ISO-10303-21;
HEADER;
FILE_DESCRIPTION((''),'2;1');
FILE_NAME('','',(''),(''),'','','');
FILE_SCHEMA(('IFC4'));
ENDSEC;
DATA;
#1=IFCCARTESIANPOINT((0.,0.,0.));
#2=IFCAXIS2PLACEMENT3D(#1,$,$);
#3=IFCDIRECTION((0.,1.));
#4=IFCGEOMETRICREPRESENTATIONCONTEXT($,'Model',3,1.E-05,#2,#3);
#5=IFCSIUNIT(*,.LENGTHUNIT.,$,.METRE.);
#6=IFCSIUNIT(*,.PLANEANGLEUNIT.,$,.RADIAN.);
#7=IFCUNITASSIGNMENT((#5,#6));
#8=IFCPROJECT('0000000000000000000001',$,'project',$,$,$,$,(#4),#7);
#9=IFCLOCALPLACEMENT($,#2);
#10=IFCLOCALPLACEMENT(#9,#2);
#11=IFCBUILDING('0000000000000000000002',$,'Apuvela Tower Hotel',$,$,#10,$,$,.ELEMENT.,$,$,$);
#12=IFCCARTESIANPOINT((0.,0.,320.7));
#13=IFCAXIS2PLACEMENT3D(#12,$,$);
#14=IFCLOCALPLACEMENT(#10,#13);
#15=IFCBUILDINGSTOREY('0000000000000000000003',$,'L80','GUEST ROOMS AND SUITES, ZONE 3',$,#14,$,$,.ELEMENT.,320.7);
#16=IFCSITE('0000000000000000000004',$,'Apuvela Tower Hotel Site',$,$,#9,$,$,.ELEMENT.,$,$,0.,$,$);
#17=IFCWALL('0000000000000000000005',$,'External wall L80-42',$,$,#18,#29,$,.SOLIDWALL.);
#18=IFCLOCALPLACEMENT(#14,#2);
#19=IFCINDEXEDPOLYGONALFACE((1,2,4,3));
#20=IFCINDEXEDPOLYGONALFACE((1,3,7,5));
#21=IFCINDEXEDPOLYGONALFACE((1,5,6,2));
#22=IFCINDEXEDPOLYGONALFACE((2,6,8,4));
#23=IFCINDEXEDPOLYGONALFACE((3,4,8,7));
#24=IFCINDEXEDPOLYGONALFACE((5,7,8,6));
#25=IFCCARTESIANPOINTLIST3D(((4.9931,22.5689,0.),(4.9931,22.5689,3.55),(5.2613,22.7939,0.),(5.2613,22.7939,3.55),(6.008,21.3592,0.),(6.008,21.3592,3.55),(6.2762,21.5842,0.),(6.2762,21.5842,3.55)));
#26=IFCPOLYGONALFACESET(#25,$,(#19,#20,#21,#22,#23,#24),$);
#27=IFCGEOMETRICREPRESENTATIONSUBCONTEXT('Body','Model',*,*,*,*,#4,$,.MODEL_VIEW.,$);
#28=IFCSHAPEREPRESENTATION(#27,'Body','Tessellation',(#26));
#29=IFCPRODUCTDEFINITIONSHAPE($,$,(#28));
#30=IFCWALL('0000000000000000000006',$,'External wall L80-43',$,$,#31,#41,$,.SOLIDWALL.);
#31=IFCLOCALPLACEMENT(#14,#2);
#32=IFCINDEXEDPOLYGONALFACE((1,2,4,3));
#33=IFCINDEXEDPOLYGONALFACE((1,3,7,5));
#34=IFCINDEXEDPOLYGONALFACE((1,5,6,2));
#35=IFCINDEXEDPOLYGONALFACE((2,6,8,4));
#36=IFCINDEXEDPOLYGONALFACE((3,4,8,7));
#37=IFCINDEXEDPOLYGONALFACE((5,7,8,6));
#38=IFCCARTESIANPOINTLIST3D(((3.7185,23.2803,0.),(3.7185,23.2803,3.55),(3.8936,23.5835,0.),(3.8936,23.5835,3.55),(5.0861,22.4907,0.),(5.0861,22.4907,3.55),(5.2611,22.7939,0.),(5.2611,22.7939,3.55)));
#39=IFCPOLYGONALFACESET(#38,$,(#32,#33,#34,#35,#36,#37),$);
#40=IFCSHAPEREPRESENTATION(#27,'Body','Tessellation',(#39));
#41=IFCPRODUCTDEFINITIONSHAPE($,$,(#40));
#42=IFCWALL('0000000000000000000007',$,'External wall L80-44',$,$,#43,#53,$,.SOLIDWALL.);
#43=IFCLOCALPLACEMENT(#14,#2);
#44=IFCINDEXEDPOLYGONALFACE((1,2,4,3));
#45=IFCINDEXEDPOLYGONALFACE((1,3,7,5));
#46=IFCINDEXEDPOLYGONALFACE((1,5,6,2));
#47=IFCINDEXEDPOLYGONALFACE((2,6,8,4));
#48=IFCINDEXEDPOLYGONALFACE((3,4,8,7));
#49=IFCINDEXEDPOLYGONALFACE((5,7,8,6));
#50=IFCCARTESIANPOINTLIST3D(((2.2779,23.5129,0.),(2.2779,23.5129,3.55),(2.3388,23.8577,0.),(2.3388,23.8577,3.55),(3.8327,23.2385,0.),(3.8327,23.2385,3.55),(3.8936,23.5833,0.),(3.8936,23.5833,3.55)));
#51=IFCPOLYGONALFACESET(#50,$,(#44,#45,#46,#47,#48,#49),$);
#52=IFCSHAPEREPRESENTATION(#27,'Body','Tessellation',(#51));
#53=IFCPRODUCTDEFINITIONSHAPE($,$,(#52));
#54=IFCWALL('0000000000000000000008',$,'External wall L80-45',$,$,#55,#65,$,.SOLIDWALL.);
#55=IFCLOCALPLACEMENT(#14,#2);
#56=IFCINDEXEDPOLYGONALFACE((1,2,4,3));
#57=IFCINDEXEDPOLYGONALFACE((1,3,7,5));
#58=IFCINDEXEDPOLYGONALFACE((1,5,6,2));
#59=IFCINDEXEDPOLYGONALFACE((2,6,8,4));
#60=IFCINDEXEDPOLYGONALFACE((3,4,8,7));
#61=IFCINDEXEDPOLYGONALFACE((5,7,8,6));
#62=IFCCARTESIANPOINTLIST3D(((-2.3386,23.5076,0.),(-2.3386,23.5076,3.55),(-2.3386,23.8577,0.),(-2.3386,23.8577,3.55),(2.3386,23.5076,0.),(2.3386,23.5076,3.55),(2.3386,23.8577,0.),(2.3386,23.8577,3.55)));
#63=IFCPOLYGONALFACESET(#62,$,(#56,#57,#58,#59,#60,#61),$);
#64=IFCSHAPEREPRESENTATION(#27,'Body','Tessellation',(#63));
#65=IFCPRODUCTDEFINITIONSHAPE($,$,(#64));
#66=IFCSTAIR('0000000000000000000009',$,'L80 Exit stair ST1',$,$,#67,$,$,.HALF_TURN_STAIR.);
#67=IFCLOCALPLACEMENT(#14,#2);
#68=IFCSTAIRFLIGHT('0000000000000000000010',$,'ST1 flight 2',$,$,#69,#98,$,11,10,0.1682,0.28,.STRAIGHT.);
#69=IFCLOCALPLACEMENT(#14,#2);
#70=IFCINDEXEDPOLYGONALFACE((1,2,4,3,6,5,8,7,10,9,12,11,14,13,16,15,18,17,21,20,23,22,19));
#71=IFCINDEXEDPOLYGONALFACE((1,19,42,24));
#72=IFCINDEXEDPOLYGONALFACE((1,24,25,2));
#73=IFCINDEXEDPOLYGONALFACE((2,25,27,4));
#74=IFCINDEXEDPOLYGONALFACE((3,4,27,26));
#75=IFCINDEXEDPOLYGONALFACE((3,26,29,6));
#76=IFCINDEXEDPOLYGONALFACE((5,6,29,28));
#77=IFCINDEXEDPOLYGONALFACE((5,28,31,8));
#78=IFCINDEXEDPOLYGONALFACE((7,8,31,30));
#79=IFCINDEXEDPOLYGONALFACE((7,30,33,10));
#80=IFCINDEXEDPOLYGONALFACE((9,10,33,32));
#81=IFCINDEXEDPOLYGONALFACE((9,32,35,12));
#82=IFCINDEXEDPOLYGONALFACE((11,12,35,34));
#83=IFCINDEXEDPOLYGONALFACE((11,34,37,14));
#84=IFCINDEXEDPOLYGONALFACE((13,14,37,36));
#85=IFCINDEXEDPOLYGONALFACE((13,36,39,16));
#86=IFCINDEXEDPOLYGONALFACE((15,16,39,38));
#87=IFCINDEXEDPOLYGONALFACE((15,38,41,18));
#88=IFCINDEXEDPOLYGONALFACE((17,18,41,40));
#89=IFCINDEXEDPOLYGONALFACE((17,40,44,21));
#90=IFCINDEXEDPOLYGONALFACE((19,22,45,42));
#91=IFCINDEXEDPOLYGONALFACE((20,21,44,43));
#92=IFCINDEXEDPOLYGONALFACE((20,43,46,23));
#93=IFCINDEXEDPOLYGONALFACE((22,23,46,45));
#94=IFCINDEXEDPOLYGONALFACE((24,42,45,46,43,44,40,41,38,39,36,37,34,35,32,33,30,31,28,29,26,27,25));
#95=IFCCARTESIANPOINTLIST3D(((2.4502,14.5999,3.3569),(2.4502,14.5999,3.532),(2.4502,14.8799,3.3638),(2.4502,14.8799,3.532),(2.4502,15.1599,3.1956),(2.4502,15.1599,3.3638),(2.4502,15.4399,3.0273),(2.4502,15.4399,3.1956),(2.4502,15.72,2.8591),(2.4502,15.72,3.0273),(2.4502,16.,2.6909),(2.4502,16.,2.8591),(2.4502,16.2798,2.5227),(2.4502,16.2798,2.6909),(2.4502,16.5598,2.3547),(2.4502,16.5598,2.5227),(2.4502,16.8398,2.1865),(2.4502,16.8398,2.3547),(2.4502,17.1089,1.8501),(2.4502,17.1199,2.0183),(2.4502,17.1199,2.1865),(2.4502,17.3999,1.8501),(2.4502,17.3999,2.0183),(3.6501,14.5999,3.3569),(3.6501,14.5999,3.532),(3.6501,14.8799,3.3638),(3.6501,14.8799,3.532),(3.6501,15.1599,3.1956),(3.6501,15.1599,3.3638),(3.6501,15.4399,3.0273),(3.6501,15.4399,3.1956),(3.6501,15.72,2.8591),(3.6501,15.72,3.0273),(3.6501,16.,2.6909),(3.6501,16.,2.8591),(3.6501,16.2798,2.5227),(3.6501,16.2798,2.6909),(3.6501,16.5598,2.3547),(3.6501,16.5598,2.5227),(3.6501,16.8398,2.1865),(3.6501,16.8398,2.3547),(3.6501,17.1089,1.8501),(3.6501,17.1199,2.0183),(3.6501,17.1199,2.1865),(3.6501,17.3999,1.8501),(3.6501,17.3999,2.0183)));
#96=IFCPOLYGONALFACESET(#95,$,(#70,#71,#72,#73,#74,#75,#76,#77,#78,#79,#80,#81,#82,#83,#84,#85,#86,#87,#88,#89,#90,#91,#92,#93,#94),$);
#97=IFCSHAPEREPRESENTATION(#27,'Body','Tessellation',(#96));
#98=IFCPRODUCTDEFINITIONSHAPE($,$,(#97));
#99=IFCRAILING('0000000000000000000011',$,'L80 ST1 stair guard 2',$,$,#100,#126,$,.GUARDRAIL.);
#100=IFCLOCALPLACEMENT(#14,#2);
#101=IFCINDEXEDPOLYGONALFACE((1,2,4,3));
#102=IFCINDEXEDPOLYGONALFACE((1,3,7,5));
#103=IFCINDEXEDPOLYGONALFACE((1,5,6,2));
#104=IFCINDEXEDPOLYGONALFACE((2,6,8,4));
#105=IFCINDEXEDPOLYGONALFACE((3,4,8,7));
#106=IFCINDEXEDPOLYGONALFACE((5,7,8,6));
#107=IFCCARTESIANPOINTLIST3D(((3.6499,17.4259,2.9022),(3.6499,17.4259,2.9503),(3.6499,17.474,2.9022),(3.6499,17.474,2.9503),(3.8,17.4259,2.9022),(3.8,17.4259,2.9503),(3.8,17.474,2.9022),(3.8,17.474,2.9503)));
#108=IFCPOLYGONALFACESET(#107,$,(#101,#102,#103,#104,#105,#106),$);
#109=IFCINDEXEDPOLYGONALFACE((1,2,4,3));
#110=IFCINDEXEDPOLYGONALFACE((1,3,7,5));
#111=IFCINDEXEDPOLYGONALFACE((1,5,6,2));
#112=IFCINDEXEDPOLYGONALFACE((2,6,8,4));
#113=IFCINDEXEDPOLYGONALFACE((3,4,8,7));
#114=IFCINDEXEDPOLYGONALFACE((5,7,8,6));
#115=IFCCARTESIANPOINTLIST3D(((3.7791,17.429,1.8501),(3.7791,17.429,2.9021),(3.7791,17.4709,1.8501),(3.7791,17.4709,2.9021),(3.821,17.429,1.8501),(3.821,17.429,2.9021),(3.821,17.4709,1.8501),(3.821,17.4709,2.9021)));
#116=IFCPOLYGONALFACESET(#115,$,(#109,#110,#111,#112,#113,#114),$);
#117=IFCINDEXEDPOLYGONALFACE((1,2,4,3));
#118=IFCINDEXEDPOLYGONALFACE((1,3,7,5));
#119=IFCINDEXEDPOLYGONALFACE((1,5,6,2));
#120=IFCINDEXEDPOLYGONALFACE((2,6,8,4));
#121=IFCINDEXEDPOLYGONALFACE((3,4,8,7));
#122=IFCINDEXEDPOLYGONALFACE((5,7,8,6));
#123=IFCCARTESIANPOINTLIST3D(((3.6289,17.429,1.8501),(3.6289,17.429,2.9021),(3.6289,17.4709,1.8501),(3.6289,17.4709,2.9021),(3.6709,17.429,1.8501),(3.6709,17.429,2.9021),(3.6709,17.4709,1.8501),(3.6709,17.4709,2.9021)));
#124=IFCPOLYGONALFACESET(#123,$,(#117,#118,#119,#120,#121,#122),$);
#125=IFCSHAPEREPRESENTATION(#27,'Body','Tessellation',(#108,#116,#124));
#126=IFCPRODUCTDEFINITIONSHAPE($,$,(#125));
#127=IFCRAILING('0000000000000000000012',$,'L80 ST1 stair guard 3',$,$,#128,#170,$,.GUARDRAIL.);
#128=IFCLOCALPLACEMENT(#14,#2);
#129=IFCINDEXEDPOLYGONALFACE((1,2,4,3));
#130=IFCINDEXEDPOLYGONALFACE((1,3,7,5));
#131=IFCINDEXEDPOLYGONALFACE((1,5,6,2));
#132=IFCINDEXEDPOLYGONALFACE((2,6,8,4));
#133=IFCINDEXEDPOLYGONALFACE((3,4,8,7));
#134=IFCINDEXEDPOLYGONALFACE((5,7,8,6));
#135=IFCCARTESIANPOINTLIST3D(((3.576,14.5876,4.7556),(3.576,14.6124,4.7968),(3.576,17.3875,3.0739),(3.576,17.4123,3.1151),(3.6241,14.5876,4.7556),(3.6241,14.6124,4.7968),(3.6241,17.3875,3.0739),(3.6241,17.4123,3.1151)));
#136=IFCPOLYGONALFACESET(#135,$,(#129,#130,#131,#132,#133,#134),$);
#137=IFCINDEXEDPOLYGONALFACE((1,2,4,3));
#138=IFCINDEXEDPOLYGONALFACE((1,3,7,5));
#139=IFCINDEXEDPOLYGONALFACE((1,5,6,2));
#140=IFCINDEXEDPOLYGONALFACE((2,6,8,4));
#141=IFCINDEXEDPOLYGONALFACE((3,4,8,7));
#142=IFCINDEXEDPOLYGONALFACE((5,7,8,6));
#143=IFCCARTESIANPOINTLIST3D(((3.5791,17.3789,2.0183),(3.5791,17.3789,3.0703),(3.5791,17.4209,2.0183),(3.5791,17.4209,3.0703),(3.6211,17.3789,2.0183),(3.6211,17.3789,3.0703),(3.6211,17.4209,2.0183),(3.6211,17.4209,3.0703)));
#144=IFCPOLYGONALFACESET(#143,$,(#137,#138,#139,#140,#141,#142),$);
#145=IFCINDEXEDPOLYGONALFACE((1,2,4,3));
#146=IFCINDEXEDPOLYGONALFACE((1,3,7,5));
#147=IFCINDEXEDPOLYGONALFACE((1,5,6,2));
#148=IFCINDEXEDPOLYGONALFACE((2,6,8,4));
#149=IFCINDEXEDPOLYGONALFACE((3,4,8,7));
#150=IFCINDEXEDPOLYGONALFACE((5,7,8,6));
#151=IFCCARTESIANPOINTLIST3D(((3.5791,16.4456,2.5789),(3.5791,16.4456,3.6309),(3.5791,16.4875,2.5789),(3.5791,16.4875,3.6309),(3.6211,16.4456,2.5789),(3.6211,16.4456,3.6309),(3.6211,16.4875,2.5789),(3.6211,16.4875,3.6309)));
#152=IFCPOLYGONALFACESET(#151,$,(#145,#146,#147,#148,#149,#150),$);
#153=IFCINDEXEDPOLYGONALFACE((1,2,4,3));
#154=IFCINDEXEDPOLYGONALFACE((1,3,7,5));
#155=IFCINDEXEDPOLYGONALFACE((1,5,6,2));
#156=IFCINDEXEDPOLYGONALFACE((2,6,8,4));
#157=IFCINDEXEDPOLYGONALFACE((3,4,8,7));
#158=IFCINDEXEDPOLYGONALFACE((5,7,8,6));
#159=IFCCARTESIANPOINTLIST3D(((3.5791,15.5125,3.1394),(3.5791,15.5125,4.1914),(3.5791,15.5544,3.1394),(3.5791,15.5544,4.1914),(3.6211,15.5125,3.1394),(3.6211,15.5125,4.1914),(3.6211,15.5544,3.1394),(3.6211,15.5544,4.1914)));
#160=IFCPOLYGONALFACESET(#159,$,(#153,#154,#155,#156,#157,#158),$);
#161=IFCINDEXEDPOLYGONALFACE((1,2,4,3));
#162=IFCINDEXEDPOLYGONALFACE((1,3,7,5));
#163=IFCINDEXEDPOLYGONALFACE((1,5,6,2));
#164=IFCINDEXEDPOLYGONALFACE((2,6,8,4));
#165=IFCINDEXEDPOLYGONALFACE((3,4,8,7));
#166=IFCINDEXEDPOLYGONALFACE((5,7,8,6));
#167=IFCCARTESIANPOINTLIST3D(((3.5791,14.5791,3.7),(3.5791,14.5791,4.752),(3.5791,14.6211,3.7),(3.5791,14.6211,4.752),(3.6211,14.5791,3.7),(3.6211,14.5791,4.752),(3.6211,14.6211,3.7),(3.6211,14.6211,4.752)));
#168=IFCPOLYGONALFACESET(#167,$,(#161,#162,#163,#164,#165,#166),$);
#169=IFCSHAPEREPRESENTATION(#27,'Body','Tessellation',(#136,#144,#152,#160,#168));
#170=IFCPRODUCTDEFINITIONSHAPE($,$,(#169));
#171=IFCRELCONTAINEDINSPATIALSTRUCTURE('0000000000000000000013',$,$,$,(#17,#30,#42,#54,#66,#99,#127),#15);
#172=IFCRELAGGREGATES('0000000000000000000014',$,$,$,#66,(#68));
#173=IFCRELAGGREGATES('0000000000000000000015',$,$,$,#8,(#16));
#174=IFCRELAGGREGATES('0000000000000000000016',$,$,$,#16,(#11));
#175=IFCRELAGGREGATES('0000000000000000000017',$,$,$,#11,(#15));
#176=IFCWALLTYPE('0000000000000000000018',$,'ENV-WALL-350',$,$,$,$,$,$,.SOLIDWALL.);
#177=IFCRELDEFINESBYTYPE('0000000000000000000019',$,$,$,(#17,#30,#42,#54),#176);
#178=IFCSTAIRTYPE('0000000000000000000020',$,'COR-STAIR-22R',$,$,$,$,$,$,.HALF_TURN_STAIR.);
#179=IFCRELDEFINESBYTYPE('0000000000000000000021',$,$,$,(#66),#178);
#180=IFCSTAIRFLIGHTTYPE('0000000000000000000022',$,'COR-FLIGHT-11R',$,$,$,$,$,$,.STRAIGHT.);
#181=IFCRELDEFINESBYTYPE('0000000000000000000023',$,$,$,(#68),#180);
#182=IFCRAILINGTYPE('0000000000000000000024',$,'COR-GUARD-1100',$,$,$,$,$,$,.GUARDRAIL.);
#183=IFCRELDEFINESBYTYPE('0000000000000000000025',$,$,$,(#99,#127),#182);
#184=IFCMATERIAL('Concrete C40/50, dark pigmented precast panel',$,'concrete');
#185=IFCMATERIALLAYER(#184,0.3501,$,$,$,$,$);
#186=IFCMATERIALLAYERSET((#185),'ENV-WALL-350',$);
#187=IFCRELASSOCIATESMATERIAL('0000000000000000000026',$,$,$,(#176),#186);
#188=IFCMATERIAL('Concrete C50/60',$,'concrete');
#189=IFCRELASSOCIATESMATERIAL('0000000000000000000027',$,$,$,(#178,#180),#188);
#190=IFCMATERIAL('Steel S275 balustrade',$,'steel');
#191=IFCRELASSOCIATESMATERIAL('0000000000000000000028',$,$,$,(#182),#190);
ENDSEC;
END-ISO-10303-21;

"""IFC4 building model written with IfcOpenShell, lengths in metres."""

from ifc_helpers import new_model, si_unit, direction, frame, frame_2d, origin, origin_2d, place, context, subcontext, project, spatial, polyline, rectangle, outline, extrude, material, layer, layer_set, type_object, element, aggregate, save


model = new_model("IFC4")

# Units and contexts
model_context = context("Model", 3, precision=1e-05, world=origin(), true_north=direction((0.0, 1.0)))
body_context = subcontext(model_context, "Body", "Model", "MODEL_VIEW")
ifc_project = project(units=[si_unit("LENGTHUNIT", "METRE"), si_unit("PLANEANGLEUNIT", "RADIAN")], contexts=[model_context])

# Site, building, storey
site_placement = place(None, origin())
site = spatial("IfcSite", under=ifc_project, at=site_placement, Name="Apuvela Tower Hotel Site", CompositionType="ELEMENT", RefElevation=0.0)
building_placement = place(site_placement, origin())
building = spatial("IfcBuilding", under=site, at=building_placement, Name="Apuvela Tower Hotel", CompositionType="ELEMENT")
storey_placement = place(building_placement, frame((0.0, 0.0, 320.7)))
storey = spatial("IfcBuildingStorey", under=building, at=storey_placement, Name="L80", Description="GUEST ROOMS AND SUITES, ZONE 3", CompositionType="ELEMENT", Elevation=320.7)

# Shared definitions
ifc_material_1 = material(Name="Concrete C50/60", Category="concrete")

# Shared definitions
ifc_material_2 = material(Name="Concrete C40/50, dark pigmented precast panel", Category="concrete")
ifc_layer_1 = layer(ifc_material_2, 0.3501)
ifc_layer_set_1 = layer_set([ifc_layer_1], Name="ENV-WALL-350")
wall_type_1 = type_object("IfcWallType", Name="ENV-WALL-350", PredefinedType="SOLIDWALL", material=ifc_layer_set_1)

# Walls
for number, where, z_axis, x_axis, name in (
    (1, (6.1421, 21.4717, 0.0), (0.0, 0.0, 1.0), (-0.642721, 0.766101, 0.0), "External wall L80-42"),
    (2, (5.1736, 22.6423, 0.0), (0.0, 0.0, 1.0), (-0.866008, 0.50003, 0.0), "External wall L80-43"),
):
    element("IfcWall", number, at=place(storey_placement, frame(where, z_axis=z_axis, x_axis=x_axis)), inside=storey, type_object=wall_type_1, Name=name, PredefinedType="SOLIDWALL", context=body_context, shape_type="SweptSolid", body=[
        extrude(rectangle(XDim=1.5791, YDim=0.3501, at=frame_2d((0.7896, 0.0))), origin(), (0.0, 0.0, 1.0), 3.55),
    ])
wall_1_placement = place(storey_placement, frame((3.8633, 23.4109, 0.0), z_axis=(0.0, 0.0, 1.0), x_axis=(-0.984782, 0.173794, 0.0)))
element("IfcWall", 3, at=wall_1_placement, inside=storey, type_object=wall_type_1, Name="External wall L80-44", PredefinedType="SOLIDWALL", context=body_context, shape_type="SweptSolid", body=[
    extrude(rectangle(XDim=1.5789, YDim=0.3501, at=frame_2d((0.7896, 0.0))), origin(), (0.0, 0.0, 1.0), 3.55),
])
wall_2_placement = place(storey_placement, frame((2.3386, 23.6826, 0.0), z_axis=(0.0, 0.0, 1.0), x_axis=(-1.0, 0.0, 0.0)))
element("IfcWall", 4, at=wall_2_placement, inside=storey, type_object=wall_type_1, Name="External wall L80-45", PredefinedType="SOLIDWALL", context=body_context, shape_type="SweptSolid", body=[
    extrude(rectangle(XDim=4.6772, YDim=0.3501, at=frame_2d((2.3386, 0.0))), origin(), (0.0, 0.0, 1.0), 3.55),
])

# Stair, stair flight
stair_type = type_object("IfcStairType", Name="COR-STAIR-22R", PredefinedType="HALF_TURN_STAIR", material=ifc_material_1)
stair_placement = place(storey_placement, origin())
stair = element("IfcStair", 5, at=stair_placement, inside=storey, type_object=stair_type, Name="L80 Exit stair ST1", PredefinedType="HALF_TURN_STAIR")
stair_flight_type = type_object("IfcStairFlightType", Name="COR-FLIGHT-11R", PredefinedType="STRAIGHT", material=ifc_material_1)
stair_flight_placement = place(storey_placement, frame((3.05, 17.3999, 1.8501), z_axis=(0.0, 0.0, 1.0), x_axis=(0.0, -1.0, 0.0)))
stair_flight = element("IfcStairFlight", 6, at=stair_flight_placement, type_object=stair_flight_type, Name="ST1 flight 2", NumberOfRisers=11, NumberOfTreads=10, PredefinedType="STRAIGHT", RiserHeight=0.1682, TreadLength=0.28, context=body_context, shape_type="SweptSolid", body=[
    extrude(outline(polyline([(0.0, 0.0), (0.0, 0.1682), (0.28, 0.1682), (0.28, 0.3364), (0.5601, 0.3364), (0.5601, 0.5046), (0.8401, 0.5046), (0.8401, 0.6726), (1.1201, 0.6726), (1.1201, 0.8408), (1.3999, 0.8408), (1.3999, 1.009), (1.6799, 1.009), (1.6799, 1.1772), (1.96, 1.1772), (1.96, 1.3455), (2.24, 1.3455), (2.24, 1.5137), (2.52, 1.5137), (2.52, 1.6819), (2.8, 1.6819), (2.8, 1.8501), (2.8, 1.5068), (0.291, 0.0), (0.0, 0.0)])), frame((0.0, 0.6001, 0.0), z_axis=(0.0, -1.0, 0.0), x_axis=(1.0, 0.0, 0.0)), (0.0, 0.0, 1.0), 1.2),
])
aggregate(stair, [stair_flight])

# Railings
ifc_material_3 = material(Name="Steel S275 balustrade", Category="steel")
railing_type_1 = type_object("IfcRailingType", Name="COR-GUARD-1100", PredefinedType="GUARDRAIL", material=ifc_material_3)
railing_1_placement = place(storey_placement, frame((3.8, 17.45, 1.8501)))
element("IfcRailing", 7, at=railing_1_placement, inside=storey, type_object=railing_type_1, Name="L80 ST1 stair guard 2", PredefinedType="GUARDRAIL", context=body_context, shape_type="SweptSolid", body=[
    extrude(rectangle(XDim=0.0481, YDim=0.0481, at=origin_2d()), frame((0.0, 0.0, 1.0762), z_axis=(-1.0, 0.0, 0.0), x_axis=(0.0, -1.0, 0.0)), (0.0, 0.0, 1.0), 0.1501),
    extrude(rectangle(XDim=0.042, YDim=0.042, at=origin_2d()), origin(), (0.0, 0.0, 1.0), 1.052),
    extrude(rectangle(XDim=0.042, YDim=0.042, at=origin_2d()), frame((-0.1501, 0.0, 0.0)), (0.0, 0.0, 1.0), 1.052),
])
railing_2_placement = place(storey_placement, frame((3.6001, 17.3999, 2.0183)))
element("IfcRailing", 8, at=railing_2_placement, inside=storey, type_object=railing_type_1, Name="L80 ST1 stair guard 3", PredefinedType="GUARDRAIL", context=body_context, shape_type="SweptSolid", body=[
    extrude(rectangle(XDim=0.0481, YDim=0.0481, at=origin_2d()), frame((0.0, 0.0, 1.0762), z_axis=(0.0, -0.857255, 0.514891), x_axis=(1.0, 0.0, 0.0)), (0.0, 0.0, 1.0), 3.2661),
    extrude(rectangle(XDim=0.042, YDim=0.042, at=origin_2d()), origin(), (0.0, 0.0, 1.0), 1.052),
    extrude(rectangle(XDim=0.042, YDim=0.042, at=origin_2d()), frame((0.0, -0.9333, 0.5605)), (0.0, 0.0, 1.0), 1.052),
    extrude(rectangle(XDim=0.042, YDim=0.042, at=origin_2d()), frame((0.0, -1.8665, 1.1211)), (0.0, 0.0, 1.0), 1.052),
    extrude(rectangle(XDim=0.042, YDim=0.042, at=origin_2d()), frame((0.0, -2.7998, 1.6816)), (0.0, 0.0, 1.0), 1.052),
])

save(model, "model.ifc")
